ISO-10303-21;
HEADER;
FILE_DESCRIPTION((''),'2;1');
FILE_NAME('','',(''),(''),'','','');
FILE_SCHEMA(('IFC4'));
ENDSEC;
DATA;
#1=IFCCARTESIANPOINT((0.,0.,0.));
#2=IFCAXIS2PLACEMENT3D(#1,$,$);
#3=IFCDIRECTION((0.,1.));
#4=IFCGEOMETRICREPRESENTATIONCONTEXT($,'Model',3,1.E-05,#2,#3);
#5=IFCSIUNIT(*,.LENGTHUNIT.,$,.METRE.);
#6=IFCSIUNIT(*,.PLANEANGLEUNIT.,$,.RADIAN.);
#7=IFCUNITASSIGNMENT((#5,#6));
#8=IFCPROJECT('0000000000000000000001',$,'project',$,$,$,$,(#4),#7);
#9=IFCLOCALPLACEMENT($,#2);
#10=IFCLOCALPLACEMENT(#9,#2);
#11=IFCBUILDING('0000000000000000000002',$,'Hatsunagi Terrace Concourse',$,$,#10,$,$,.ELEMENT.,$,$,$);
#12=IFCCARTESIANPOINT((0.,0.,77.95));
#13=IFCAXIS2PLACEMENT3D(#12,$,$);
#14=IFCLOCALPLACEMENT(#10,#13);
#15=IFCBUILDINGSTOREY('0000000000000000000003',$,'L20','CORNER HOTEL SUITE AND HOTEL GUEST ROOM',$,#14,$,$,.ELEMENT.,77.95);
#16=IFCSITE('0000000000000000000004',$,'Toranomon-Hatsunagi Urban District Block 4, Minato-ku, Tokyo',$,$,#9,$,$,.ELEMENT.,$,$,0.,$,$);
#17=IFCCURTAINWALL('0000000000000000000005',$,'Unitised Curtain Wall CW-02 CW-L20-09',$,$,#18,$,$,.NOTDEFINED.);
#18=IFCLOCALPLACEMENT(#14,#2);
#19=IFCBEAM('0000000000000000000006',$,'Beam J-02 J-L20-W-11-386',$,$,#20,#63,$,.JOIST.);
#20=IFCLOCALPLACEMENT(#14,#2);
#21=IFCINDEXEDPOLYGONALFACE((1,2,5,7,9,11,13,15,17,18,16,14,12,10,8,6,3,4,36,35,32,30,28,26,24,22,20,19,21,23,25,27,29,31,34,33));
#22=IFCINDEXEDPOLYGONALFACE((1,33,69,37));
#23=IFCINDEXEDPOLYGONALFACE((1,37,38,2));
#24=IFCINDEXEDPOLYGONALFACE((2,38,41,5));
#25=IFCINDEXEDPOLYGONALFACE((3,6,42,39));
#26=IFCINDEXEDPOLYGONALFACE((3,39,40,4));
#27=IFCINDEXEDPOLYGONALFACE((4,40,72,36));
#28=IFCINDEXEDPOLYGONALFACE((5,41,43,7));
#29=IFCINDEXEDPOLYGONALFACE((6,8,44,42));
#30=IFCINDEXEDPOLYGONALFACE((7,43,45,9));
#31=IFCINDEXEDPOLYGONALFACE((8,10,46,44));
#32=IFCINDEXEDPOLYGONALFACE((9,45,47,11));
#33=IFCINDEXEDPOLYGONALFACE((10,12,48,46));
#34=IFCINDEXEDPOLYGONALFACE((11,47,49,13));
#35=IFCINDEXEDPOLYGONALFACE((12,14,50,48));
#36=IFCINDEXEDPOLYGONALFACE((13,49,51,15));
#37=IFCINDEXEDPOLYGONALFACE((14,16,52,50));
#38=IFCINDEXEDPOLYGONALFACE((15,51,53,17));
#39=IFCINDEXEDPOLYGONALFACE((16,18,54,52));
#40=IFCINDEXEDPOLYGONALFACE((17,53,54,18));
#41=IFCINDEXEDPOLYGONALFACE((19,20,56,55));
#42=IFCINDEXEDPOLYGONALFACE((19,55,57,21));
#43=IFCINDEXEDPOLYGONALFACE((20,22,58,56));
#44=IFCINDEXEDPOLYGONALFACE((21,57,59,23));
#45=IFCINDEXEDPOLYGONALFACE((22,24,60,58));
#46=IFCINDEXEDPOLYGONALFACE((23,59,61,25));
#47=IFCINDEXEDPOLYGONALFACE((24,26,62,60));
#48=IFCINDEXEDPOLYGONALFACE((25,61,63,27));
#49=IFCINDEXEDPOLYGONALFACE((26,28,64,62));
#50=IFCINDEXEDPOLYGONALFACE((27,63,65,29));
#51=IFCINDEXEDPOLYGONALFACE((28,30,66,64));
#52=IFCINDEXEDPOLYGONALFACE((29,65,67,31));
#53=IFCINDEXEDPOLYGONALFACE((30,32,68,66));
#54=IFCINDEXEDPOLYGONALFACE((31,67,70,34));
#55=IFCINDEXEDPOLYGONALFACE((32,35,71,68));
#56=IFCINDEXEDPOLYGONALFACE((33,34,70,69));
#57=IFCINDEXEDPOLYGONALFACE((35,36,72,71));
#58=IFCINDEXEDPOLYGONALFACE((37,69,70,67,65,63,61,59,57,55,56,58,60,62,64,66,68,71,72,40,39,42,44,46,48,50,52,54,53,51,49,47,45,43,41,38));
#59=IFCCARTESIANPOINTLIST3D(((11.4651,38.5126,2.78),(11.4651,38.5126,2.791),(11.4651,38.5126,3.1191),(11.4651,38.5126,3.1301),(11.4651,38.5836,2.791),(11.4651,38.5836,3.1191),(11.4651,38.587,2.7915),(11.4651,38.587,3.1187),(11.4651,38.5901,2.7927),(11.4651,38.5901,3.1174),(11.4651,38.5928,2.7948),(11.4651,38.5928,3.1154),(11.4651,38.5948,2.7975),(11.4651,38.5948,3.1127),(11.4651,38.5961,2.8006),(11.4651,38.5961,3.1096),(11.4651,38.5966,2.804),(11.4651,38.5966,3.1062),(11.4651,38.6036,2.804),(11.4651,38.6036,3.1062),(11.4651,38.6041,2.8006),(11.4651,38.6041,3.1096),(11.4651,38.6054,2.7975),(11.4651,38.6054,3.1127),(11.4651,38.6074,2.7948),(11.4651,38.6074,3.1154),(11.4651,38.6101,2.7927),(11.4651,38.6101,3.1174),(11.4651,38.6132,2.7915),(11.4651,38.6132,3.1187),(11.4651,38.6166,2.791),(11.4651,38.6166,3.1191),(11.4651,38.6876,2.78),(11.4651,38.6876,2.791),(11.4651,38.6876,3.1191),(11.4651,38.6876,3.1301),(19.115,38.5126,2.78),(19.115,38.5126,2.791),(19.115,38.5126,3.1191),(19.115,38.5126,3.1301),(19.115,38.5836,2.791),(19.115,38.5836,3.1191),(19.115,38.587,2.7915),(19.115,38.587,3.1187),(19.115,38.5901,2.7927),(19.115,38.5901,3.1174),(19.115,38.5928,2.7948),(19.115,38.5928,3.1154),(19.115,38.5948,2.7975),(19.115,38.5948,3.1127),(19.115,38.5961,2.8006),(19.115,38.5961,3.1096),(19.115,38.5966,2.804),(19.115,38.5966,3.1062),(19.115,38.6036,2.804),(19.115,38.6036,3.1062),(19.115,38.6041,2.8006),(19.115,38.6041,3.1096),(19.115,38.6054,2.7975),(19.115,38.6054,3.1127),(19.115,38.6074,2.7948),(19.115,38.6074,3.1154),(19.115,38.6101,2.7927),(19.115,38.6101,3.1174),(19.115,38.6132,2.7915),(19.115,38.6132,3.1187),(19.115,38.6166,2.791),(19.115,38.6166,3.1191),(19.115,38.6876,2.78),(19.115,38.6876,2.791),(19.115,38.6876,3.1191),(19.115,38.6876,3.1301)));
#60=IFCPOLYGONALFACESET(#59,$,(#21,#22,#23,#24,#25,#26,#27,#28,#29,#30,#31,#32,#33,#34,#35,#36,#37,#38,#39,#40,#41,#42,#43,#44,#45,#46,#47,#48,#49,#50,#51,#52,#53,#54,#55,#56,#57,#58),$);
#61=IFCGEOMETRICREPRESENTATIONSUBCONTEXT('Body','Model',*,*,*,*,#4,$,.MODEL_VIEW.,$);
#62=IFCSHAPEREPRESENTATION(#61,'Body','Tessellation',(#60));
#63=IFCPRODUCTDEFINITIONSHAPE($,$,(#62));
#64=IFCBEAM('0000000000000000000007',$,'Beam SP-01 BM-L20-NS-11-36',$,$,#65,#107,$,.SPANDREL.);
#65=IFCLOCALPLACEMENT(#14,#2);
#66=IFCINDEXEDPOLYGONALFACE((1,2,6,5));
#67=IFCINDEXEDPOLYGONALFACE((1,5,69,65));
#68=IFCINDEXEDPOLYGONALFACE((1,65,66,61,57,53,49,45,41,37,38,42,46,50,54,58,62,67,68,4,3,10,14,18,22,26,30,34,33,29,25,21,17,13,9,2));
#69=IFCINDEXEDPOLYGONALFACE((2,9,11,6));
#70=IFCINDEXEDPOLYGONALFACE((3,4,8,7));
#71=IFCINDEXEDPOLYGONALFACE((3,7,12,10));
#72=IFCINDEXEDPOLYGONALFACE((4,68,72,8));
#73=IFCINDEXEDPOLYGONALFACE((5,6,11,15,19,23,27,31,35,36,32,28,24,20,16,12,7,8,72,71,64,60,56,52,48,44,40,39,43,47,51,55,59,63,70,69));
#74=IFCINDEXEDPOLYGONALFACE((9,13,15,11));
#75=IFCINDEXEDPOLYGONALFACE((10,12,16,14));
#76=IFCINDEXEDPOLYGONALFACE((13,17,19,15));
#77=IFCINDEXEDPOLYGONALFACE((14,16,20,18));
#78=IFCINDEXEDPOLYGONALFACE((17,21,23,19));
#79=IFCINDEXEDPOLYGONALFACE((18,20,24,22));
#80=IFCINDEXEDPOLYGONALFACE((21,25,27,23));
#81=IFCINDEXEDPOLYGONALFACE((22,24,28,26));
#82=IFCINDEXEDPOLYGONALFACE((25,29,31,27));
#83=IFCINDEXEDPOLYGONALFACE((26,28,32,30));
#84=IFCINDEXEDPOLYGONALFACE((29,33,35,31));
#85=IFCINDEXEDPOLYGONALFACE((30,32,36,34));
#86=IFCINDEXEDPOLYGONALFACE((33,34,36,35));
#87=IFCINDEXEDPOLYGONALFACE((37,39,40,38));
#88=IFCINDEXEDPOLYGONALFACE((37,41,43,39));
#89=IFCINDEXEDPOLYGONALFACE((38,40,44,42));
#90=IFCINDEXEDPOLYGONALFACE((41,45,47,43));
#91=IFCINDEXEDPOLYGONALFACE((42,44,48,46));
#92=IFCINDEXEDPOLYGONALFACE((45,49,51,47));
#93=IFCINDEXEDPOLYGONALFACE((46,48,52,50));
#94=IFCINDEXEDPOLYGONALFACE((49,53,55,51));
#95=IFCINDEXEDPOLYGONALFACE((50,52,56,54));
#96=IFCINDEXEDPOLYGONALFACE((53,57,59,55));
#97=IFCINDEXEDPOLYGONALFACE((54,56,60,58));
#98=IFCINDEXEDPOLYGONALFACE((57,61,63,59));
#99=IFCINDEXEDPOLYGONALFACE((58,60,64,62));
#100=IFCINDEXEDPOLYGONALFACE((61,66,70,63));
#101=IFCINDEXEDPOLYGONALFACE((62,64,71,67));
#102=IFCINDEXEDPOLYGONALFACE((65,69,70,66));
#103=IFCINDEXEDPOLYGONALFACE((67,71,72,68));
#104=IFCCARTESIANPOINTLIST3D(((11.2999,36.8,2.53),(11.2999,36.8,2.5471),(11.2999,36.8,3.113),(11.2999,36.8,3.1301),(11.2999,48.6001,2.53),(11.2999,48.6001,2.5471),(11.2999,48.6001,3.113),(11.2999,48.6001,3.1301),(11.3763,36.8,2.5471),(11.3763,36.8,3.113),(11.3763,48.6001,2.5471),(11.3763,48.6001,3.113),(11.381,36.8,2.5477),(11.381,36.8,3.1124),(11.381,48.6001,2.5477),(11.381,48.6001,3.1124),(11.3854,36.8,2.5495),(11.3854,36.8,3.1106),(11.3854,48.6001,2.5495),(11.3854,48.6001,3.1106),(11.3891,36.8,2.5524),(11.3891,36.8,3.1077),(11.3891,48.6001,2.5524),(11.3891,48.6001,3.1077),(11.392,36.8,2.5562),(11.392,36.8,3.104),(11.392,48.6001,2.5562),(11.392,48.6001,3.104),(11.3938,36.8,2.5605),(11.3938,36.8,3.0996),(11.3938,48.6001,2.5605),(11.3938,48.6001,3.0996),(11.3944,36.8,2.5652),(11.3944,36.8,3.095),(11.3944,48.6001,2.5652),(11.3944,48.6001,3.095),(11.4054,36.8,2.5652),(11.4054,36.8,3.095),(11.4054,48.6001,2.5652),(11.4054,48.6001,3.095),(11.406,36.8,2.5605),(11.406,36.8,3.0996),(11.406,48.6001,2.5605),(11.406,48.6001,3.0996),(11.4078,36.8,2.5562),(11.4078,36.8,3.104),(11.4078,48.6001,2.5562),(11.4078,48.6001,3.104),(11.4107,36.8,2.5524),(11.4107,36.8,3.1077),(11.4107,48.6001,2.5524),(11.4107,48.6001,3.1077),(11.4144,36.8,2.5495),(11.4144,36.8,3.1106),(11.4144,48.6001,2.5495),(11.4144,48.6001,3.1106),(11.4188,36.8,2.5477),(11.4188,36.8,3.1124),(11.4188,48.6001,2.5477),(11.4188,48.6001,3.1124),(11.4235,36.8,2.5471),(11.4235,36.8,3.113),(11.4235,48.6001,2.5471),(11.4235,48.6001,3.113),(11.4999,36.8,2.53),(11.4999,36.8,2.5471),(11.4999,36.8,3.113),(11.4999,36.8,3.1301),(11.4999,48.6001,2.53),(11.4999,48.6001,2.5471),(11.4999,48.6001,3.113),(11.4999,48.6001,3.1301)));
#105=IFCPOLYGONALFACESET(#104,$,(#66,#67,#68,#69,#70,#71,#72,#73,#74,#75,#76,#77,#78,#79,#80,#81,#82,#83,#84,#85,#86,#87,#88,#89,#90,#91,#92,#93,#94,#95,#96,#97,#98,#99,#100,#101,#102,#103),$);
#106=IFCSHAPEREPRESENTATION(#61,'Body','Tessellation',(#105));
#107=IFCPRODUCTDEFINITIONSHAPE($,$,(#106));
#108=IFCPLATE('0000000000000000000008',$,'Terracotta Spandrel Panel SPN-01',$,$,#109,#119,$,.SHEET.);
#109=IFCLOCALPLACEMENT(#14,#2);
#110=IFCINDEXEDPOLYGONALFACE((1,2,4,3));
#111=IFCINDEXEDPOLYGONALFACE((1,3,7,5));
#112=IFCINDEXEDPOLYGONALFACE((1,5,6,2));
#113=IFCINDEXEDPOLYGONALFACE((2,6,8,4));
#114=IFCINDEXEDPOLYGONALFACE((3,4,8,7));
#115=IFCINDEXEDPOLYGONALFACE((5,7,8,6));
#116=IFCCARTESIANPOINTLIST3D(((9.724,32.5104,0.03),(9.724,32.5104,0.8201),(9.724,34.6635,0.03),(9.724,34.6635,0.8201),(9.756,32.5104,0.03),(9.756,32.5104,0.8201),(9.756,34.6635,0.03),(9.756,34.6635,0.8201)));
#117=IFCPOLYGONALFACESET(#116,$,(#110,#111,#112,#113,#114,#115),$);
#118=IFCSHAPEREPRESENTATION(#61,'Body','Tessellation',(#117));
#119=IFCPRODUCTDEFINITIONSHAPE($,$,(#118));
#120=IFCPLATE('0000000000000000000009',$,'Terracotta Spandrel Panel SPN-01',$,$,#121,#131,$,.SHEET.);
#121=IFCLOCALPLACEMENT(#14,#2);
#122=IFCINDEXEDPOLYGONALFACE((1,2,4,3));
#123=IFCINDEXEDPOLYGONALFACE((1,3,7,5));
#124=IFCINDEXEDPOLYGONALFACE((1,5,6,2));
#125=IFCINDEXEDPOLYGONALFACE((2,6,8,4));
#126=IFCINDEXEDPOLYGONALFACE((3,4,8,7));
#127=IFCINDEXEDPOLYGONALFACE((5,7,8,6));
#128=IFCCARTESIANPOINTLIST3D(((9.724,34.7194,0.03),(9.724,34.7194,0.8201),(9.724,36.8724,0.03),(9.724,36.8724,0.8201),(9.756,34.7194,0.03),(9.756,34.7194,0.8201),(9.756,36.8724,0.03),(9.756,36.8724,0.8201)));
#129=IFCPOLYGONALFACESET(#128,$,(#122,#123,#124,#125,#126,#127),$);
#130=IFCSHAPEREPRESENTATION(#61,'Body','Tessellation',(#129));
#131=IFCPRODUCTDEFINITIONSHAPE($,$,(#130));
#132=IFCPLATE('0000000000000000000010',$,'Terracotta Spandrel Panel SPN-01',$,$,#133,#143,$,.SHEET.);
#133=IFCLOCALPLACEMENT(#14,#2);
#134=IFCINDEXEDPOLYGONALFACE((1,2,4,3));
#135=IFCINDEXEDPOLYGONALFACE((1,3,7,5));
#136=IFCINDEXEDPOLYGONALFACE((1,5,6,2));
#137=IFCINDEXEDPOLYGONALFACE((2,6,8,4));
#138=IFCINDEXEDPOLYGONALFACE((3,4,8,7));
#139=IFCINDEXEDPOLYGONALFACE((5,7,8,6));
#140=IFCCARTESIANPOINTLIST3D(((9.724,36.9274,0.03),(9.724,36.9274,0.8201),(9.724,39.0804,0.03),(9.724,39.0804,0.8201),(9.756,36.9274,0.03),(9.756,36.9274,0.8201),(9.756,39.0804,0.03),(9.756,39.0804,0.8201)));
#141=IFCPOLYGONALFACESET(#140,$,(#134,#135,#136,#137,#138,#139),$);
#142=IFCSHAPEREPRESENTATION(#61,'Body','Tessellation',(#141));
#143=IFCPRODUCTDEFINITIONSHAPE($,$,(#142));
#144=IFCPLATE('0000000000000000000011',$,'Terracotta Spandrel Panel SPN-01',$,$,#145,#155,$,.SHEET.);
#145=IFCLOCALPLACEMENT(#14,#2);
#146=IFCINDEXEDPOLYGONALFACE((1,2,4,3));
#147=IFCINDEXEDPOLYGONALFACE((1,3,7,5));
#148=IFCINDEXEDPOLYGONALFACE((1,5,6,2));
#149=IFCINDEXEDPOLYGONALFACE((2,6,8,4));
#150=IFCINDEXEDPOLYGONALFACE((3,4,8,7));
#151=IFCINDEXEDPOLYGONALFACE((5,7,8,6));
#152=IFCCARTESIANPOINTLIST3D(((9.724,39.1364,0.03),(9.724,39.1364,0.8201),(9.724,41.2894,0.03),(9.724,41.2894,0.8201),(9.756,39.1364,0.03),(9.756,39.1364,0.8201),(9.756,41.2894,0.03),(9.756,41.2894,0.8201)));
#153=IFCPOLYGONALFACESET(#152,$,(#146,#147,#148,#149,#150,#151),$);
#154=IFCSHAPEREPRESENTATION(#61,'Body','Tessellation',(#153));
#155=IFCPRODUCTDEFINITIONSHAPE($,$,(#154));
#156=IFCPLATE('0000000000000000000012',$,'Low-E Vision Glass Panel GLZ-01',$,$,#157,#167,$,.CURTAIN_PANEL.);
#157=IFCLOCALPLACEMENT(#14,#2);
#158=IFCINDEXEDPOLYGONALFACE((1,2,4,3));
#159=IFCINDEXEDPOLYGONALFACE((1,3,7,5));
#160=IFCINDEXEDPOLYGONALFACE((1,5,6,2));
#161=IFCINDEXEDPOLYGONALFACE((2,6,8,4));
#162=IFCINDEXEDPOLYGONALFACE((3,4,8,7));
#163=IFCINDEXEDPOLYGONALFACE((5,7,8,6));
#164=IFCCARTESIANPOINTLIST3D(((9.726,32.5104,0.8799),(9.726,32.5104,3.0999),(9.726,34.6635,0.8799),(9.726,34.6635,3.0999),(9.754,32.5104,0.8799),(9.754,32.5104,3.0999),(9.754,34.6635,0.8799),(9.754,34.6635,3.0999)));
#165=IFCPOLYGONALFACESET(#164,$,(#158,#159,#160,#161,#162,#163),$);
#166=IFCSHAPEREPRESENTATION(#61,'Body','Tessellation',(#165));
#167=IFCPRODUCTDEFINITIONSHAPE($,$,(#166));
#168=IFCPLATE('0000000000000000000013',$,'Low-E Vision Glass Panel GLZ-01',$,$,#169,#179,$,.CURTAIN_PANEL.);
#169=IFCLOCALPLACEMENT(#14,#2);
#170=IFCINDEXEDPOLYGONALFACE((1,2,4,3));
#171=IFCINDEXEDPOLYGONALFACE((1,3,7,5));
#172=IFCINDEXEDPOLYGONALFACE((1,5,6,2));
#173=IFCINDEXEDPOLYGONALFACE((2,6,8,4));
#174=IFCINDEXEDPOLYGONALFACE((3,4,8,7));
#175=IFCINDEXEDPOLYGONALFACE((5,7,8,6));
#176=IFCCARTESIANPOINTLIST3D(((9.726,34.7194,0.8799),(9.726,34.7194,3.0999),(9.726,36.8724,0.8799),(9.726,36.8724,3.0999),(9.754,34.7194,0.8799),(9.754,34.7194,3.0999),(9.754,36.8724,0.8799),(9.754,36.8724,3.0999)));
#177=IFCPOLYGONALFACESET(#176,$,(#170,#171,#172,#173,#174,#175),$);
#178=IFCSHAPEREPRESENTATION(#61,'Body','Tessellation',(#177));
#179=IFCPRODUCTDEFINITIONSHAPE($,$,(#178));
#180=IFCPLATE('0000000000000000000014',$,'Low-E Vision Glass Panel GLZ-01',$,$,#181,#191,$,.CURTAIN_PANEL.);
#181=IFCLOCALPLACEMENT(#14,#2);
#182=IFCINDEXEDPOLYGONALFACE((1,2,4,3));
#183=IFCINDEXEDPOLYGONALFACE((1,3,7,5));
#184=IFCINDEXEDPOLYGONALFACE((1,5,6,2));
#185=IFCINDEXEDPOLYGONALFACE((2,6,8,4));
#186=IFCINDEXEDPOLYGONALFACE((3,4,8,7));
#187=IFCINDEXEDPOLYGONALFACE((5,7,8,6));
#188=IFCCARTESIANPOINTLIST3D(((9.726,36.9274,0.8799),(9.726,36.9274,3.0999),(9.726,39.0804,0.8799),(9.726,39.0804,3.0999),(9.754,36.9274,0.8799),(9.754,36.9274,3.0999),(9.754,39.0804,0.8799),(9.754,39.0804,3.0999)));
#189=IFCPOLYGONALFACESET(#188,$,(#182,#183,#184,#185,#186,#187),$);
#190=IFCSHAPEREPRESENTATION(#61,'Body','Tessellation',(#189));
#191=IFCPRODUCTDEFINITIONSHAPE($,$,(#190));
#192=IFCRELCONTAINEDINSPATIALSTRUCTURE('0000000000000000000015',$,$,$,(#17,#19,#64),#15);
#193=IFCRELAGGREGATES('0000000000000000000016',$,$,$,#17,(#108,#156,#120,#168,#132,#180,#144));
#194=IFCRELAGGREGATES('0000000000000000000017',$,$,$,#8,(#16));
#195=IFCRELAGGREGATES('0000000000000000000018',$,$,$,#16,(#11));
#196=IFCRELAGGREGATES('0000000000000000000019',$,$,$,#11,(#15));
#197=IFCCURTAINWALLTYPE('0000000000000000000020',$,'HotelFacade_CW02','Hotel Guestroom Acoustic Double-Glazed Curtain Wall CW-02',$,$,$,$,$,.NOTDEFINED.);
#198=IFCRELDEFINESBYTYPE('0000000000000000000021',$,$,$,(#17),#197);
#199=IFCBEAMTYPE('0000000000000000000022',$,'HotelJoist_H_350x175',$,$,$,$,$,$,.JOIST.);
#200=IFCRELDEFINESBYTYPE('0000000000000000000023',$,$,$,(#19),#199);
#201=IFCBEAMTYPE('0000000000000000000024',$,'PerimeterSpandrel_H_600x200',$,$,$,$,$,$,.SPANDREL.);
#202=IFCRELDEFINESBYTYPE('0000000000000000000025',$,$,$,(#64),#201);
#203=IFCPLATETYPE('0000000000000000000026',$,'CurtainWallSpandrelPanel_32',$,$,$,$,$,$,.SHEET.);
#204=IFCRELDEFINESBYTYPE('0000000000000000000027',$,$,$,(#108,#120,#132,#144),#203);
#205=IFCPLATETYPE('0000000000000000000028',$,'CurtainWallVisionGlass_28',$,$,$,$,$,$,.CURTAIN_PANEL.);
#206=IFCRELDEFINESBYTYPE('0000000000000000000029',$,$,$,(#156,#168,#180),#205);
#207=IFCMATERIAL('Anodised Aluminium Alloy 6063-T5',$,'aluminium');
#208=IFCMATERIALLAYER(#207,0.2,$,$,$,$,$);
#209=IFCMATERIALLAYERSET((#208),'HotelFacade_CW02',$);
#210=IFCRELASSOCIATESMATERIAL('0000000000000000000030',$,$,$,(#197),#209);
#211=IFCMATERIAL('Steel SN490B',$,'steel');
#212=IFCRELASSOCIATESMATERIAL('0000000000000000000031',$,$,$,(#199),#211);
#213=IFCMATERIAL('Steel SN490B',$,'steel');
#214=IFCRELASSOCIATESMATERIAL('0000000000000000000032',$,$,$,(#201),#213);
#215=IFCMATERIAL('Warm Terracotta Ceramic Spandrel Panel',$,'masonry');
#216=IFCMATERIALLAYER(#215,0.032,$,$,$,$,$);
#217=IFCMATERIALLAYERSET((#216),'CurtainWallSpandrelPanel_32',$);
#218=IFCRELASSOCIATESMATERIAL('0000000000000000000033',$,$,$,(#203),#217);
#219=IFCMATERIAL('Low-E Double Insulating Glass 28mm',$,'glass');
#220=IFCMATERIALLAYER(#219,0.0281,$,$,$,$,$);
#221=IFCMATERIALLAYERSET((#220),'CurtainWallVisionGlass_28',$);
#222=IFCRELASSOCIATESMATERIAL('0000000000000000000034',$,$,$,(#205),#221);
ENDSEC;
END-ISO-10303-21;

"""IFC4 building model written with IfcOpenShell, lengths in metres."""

from ifc_helpers import new_model, si_unit, direction, frame, origin, origin_2d, place, context, subcontext, project, spatial, rectangle, i_section, extrude, material, layer, layer_set, material_profile, profile_set, type_object, element, aggregate, save


model = new_model("IFC4")

# Units and contexts
model_context = context("Model", 3, precision=1e-05, world=origin(), true_north=direction((0.0, 1.0)))
body_context = subcontext(model_context, "Body", "Model", "MODEL_VIEW")
ifc_project = project(units=[si_unit("LENGTHUNIT", "METRE"), si_unit("PLANEANGLEUNIT", "RADIAN")], contexts=[model_context])

# Site, building, storey
site_placement = place(None, origin())
site = spatial("IfcSite", under=ifc_project, at=site_placement, Name="Toranomon-Hatsunagi Urban District Block 4, Minato-ku, Tokyo", CompositionType="ELEMENT", RefElevation=0.0)
building_placement = place(site_placement, origin())
building = spatial("IfcBuilding", under=site, at=building_placement, Name="Hatsunagi Terrace Concourse", CompositionType="ELEMENT")
storey_placement = place(building_placement, frame((0.0, 0.0, 77.95)))
storey = spatial("IfcBuildingStorey", under=building, at=storey_placement, Name="L20", Description="CORNER HOTEL SUITE AND HOTEL GUEST ROOM", CompositionType="ELEMENT", Elevation=77.95)

# Curtain wall
ifc_material_1 = material(Name="Anodised Aluminium Alloy 6063-T5", Category="aluminium")
ifc_layer_1 = layer(ifc_material_1, 0.2)
ifc_layer_set_1 = layer_set([ifc_layer_1], Name="HotelFacade_CW02")
curtain_wall_type = type_object("IfcCurtainWallType", Name="HotelFacade_CW02", Description="Hotel Guestroom Acoustic Double-Glazed Curtain Wall CW-02", PredefinedType="NOTDEFINED", material=ifc_layer_set_1)
curtain_wall_placement = place(storey_placement, origin())
curtain_wall = element("IfcCurtainWall", 1, at=curtain_wall_placement, inside=storey, type_object=curtain_wall_type, Name="Unitised Curtain Wall CW-02 CW-L20-09", PredefinedType="NOTDEFINED")

# Beams
ifc_material_2 = material(Name="Steel SN490B", Category="steel")
ifc_material_profile_1 = material_profile(ifc_material_2, i_section(OverallWidth=0.175, OverallDepth=0.3501, WebThickness=0.0071, FlangeThickness=0.011, FilletRadius=0.0129, at=origin_2d()), Name="H-350x175x7x11")
ifc_profile_set_1 = profile_set([ifc_material_profile_1], Name="Steel SN490B")
beam_type_1 = type_object("IfcBeamType", Name="HotelJoist_H_350x175", PredefinedType="JOIST", material=ifc_profile_set_1)
for number, where, z_axis, x_axis, name in (
    (2, (11.4651, 38.6001, 2.9551), (1.0, 0.0, 0.0), (0.0, 1.0, 0.0), "Beam J-02 J-L20-W-11-386"),
):
    element("IfcBeam", number, at=place(storey_placement, frame(where, z_axis=z_axis, x_axis=x_axis)), inside=storey, type_object=beam_type_1, Name=name, PredefinedType="JOIST", context=body_context, shape_type="SweptSolid", body=[
        extrude(i_section(OverallWidth=0.175, OverallDepth=0.3501, WebThickness=0.0071, FlangeThickness=0.011, FilletRadius=0.0129, at=origin_2d()), origin(), (0.0, 0.0, 1.0), 7.6499),
    ])
ifc_material_3 = material(Name="Steel SN490B", Category="steel")
ifc_material_profile_2 = material_profile(ifc_material_3, i_section(OverallWidth=0.2, OverallDepth=0.6001, WebThickness=0.011, FlangeThickness=0.0171, FilletRadius=0.0181, at=origin_2d()), Name="H-600x200x11x17")
ifc_profile_set_2 = profile_set([ifc_material_profile_2], Name="Steel SN490B")
beam_type_2 = type_object("IfcBeamType", Name="PerimeterSpandrel_H_600x200", PredefinedType="SPANDREL", material=ifc_profile_set_2)
beam_1_placement = place(storey_placement, frame((11.3999, 36.8, 2.8301), z_axis=(0.0, 1.0, 0.0), x_axis=(-1.0, 0.0, 0.0)))
element("IfcBeam", 3, at=beam_1_placement, inside=storey, type_object=beam_type_2, Name="Beam SP-01 BM-L20-NS-11-36", PredefinedType="SPANDREL", context=body_context, shape_type="SweptSolid", body=[
    extrude(i_section(OverallWidth=0.2, OverallDepth=0.6001, WebThickness=0.011, FlangeThickness=0.0171, FilletRadius=0.0181, at=origin_2d()), origin(), (0.0, 0.0, 1.0), 11.8),
])

# Plates
ifc_material_4 = material(Name="Warm Terracotta Ceramic Spandrel Panel", Category="masonry")
ifc_layer_2 = layer(ifc_material_4, 0.032)
ifc_layer_set_2 = layer_set([ifc_layer_2], Name="CurtainWallSpandrelPanel_32")
plate_type_1 = type_object("IfcPlateType", Name="CurtainWallSpandrelPanel_32", PredefinedType="SHEET", material=ifc_layer_set_2)
plate_1_placement = place(storey_placement, frame((9.74, 33.5869, 0.03), z_axis=(0.0, 0.0, 1.0), x_axis=(0.0, 1.0, 0.0)))
plate_1 = element("IfcPlate", 4, at=plate_1_placement, type_object=plate_type_1, Name="Terracotta Spandrel Panel SPN-01", PredefinedType="SHEET", context=body_context, shape_type="SweptSolid", body=[
    extrude(rectangle(XDim=2.1531, YDim=0.032, at=origin_2d()), origin(), (0.0, 0.0, 1.0), 0.79),
])
plate_2_placement = place(storey_placement, frame((9.74, 35.7959, 0.03), z_axis=(0.0, 0.0, 1.0), x_axis=(0.0, 1.0, 0.0)))
plate_2 = element("IfcPlate", 5, at=plate_2_placement, type_object=plate_type_1, Name="Terracotta Spandrel Panel SPN-01", PredefinedType="SHEET", context=body_context, shape_type="SweptSolid", body=[
    extrude(rectangle(XDim=2.1531, YDim=0.032, at=origin_2d()), origin(), (0.0, 0.0, 1.0), 0.79),
])
plate_3_placement = place(storey_placement, frame((9.74, 38.0039, 0.03), z_axis=(0.0, 0.0, 1.0), x_axis=(0.0, 1.0, 0.0)))
plate_3 = element("IfcPlate", 6, at=plate_3_placement, type_object=plate_type_1, Name="Terracotta Spandrel Panel SPN-01", PredefinedType="SHEET", context=body_context, shape_type="SweptSolid", body=[
    extrude(rectangle(XDim=2.1531, YDim=0.032, at=origin_2d()), origin(), (0.0, 0.0, 1.0), 0.79),
])
plate_4_placement = place(storey_placement, frame((9.74, 40.2129, 0.03), z_axis=(0.0, 0.0, 1.0), x_axis=(0.0, 1.0, 0.0)))
plate_4 = element("IfcPlate", 7, at=plate_4_placement, type_object=plate_type_1, Name="Terracotta Spandrel Panel SPN-01", PredefinedType="SHEET", context=body_context, shape_type="SweptSolid", body=[
    extrude(rectangle(XDim=2.1531, YDim=0.032, at=origin_2d()), origin(), (0.0, 0.0, 1.0), 0.79),
])
ifc_material_5 = material(Name="Low-E Double Insulating Glass 28mm", Category="glass")
ifc_layer_3 = layer(ifc_material_5, 0.0281)
ifc_layer_set_3 = layer_set([ifc_layer_3], Name="CurtainWallVisionGlass_28")
plate_type_2 = type_object("IfcPlateType", Name="CurtainWallVisionGlass_28", PredefinedType="CURTAIN_PANEL", material=ifc_layer_set_3)
plate_5_placement = place(storey_placement, frame((9.74, 33.5869, 0.8799), z_axis=(0.0, 0.0, 1.0), x_axis=(0.0, 1.0, 0.0)))
plate_5 = element("IfcPlate", 8, at=plate_5_placement, type_object=plate_type_2, Name="Low-E Vision Glass Panel GLZ-01", PredefinedType="CURTAIN_PANEL", context=body_context, shape_type="SweptSolid", body=[
    extrude(rectangle(XDim=2.1531, YDim=0.0281, at=origin_2d()), origin(), (0.0, 0.0, 1.0), 2.22),
])
plate_6_placement = place(storey_placement, frame((9.74, 35.7959, 0.8799), z_axis=(0.0, 0.0, 1.0), x_axis=(0.0, 1.0, 0.0)))
plate_6 = element("IfcPlate", 9, at=plate_6_placement, type_object=plate_type_2, Name="Low-E Vision Glass Panel GLZ-01", PredefinedType="CURTAIN_PANEL", context=body_context, shape_type="SweptSolid", body=[
    extrude(rectangle(XDim=2.1531, YDim=0.0281, at=origin_2d()), origin(), (0.0, 0.0, 1.0), 2.22),
])
plate_7_placement = place(storey_placement, frame((9.74, 38.0039, 0.8799), z_axis=(0.0, 0.0, 1.0), x_axis=(0.0, 1.0, 0.0)))
plate_7 = element("IfcPlate", 10, at=plate_7_placement, type_object=plate_type_2, Name="Low-E Vision Glass Panel GLZ-01", PredefinedType="CURTAIN_PANEL", context=body_context, shape_type="SweptSolid", body=[
    extrude(rectangle(XDim=2.1531, YDim=0.0281, at=origin_2d()), origin(), (0.0, 0.0, 1.0), 2.22),
])
aggregate(curtain_wall, [plate_1, plate_5, plate_2, plate_6, plate_3, plate_7, plate_4])

save(model, "model.ifc")
